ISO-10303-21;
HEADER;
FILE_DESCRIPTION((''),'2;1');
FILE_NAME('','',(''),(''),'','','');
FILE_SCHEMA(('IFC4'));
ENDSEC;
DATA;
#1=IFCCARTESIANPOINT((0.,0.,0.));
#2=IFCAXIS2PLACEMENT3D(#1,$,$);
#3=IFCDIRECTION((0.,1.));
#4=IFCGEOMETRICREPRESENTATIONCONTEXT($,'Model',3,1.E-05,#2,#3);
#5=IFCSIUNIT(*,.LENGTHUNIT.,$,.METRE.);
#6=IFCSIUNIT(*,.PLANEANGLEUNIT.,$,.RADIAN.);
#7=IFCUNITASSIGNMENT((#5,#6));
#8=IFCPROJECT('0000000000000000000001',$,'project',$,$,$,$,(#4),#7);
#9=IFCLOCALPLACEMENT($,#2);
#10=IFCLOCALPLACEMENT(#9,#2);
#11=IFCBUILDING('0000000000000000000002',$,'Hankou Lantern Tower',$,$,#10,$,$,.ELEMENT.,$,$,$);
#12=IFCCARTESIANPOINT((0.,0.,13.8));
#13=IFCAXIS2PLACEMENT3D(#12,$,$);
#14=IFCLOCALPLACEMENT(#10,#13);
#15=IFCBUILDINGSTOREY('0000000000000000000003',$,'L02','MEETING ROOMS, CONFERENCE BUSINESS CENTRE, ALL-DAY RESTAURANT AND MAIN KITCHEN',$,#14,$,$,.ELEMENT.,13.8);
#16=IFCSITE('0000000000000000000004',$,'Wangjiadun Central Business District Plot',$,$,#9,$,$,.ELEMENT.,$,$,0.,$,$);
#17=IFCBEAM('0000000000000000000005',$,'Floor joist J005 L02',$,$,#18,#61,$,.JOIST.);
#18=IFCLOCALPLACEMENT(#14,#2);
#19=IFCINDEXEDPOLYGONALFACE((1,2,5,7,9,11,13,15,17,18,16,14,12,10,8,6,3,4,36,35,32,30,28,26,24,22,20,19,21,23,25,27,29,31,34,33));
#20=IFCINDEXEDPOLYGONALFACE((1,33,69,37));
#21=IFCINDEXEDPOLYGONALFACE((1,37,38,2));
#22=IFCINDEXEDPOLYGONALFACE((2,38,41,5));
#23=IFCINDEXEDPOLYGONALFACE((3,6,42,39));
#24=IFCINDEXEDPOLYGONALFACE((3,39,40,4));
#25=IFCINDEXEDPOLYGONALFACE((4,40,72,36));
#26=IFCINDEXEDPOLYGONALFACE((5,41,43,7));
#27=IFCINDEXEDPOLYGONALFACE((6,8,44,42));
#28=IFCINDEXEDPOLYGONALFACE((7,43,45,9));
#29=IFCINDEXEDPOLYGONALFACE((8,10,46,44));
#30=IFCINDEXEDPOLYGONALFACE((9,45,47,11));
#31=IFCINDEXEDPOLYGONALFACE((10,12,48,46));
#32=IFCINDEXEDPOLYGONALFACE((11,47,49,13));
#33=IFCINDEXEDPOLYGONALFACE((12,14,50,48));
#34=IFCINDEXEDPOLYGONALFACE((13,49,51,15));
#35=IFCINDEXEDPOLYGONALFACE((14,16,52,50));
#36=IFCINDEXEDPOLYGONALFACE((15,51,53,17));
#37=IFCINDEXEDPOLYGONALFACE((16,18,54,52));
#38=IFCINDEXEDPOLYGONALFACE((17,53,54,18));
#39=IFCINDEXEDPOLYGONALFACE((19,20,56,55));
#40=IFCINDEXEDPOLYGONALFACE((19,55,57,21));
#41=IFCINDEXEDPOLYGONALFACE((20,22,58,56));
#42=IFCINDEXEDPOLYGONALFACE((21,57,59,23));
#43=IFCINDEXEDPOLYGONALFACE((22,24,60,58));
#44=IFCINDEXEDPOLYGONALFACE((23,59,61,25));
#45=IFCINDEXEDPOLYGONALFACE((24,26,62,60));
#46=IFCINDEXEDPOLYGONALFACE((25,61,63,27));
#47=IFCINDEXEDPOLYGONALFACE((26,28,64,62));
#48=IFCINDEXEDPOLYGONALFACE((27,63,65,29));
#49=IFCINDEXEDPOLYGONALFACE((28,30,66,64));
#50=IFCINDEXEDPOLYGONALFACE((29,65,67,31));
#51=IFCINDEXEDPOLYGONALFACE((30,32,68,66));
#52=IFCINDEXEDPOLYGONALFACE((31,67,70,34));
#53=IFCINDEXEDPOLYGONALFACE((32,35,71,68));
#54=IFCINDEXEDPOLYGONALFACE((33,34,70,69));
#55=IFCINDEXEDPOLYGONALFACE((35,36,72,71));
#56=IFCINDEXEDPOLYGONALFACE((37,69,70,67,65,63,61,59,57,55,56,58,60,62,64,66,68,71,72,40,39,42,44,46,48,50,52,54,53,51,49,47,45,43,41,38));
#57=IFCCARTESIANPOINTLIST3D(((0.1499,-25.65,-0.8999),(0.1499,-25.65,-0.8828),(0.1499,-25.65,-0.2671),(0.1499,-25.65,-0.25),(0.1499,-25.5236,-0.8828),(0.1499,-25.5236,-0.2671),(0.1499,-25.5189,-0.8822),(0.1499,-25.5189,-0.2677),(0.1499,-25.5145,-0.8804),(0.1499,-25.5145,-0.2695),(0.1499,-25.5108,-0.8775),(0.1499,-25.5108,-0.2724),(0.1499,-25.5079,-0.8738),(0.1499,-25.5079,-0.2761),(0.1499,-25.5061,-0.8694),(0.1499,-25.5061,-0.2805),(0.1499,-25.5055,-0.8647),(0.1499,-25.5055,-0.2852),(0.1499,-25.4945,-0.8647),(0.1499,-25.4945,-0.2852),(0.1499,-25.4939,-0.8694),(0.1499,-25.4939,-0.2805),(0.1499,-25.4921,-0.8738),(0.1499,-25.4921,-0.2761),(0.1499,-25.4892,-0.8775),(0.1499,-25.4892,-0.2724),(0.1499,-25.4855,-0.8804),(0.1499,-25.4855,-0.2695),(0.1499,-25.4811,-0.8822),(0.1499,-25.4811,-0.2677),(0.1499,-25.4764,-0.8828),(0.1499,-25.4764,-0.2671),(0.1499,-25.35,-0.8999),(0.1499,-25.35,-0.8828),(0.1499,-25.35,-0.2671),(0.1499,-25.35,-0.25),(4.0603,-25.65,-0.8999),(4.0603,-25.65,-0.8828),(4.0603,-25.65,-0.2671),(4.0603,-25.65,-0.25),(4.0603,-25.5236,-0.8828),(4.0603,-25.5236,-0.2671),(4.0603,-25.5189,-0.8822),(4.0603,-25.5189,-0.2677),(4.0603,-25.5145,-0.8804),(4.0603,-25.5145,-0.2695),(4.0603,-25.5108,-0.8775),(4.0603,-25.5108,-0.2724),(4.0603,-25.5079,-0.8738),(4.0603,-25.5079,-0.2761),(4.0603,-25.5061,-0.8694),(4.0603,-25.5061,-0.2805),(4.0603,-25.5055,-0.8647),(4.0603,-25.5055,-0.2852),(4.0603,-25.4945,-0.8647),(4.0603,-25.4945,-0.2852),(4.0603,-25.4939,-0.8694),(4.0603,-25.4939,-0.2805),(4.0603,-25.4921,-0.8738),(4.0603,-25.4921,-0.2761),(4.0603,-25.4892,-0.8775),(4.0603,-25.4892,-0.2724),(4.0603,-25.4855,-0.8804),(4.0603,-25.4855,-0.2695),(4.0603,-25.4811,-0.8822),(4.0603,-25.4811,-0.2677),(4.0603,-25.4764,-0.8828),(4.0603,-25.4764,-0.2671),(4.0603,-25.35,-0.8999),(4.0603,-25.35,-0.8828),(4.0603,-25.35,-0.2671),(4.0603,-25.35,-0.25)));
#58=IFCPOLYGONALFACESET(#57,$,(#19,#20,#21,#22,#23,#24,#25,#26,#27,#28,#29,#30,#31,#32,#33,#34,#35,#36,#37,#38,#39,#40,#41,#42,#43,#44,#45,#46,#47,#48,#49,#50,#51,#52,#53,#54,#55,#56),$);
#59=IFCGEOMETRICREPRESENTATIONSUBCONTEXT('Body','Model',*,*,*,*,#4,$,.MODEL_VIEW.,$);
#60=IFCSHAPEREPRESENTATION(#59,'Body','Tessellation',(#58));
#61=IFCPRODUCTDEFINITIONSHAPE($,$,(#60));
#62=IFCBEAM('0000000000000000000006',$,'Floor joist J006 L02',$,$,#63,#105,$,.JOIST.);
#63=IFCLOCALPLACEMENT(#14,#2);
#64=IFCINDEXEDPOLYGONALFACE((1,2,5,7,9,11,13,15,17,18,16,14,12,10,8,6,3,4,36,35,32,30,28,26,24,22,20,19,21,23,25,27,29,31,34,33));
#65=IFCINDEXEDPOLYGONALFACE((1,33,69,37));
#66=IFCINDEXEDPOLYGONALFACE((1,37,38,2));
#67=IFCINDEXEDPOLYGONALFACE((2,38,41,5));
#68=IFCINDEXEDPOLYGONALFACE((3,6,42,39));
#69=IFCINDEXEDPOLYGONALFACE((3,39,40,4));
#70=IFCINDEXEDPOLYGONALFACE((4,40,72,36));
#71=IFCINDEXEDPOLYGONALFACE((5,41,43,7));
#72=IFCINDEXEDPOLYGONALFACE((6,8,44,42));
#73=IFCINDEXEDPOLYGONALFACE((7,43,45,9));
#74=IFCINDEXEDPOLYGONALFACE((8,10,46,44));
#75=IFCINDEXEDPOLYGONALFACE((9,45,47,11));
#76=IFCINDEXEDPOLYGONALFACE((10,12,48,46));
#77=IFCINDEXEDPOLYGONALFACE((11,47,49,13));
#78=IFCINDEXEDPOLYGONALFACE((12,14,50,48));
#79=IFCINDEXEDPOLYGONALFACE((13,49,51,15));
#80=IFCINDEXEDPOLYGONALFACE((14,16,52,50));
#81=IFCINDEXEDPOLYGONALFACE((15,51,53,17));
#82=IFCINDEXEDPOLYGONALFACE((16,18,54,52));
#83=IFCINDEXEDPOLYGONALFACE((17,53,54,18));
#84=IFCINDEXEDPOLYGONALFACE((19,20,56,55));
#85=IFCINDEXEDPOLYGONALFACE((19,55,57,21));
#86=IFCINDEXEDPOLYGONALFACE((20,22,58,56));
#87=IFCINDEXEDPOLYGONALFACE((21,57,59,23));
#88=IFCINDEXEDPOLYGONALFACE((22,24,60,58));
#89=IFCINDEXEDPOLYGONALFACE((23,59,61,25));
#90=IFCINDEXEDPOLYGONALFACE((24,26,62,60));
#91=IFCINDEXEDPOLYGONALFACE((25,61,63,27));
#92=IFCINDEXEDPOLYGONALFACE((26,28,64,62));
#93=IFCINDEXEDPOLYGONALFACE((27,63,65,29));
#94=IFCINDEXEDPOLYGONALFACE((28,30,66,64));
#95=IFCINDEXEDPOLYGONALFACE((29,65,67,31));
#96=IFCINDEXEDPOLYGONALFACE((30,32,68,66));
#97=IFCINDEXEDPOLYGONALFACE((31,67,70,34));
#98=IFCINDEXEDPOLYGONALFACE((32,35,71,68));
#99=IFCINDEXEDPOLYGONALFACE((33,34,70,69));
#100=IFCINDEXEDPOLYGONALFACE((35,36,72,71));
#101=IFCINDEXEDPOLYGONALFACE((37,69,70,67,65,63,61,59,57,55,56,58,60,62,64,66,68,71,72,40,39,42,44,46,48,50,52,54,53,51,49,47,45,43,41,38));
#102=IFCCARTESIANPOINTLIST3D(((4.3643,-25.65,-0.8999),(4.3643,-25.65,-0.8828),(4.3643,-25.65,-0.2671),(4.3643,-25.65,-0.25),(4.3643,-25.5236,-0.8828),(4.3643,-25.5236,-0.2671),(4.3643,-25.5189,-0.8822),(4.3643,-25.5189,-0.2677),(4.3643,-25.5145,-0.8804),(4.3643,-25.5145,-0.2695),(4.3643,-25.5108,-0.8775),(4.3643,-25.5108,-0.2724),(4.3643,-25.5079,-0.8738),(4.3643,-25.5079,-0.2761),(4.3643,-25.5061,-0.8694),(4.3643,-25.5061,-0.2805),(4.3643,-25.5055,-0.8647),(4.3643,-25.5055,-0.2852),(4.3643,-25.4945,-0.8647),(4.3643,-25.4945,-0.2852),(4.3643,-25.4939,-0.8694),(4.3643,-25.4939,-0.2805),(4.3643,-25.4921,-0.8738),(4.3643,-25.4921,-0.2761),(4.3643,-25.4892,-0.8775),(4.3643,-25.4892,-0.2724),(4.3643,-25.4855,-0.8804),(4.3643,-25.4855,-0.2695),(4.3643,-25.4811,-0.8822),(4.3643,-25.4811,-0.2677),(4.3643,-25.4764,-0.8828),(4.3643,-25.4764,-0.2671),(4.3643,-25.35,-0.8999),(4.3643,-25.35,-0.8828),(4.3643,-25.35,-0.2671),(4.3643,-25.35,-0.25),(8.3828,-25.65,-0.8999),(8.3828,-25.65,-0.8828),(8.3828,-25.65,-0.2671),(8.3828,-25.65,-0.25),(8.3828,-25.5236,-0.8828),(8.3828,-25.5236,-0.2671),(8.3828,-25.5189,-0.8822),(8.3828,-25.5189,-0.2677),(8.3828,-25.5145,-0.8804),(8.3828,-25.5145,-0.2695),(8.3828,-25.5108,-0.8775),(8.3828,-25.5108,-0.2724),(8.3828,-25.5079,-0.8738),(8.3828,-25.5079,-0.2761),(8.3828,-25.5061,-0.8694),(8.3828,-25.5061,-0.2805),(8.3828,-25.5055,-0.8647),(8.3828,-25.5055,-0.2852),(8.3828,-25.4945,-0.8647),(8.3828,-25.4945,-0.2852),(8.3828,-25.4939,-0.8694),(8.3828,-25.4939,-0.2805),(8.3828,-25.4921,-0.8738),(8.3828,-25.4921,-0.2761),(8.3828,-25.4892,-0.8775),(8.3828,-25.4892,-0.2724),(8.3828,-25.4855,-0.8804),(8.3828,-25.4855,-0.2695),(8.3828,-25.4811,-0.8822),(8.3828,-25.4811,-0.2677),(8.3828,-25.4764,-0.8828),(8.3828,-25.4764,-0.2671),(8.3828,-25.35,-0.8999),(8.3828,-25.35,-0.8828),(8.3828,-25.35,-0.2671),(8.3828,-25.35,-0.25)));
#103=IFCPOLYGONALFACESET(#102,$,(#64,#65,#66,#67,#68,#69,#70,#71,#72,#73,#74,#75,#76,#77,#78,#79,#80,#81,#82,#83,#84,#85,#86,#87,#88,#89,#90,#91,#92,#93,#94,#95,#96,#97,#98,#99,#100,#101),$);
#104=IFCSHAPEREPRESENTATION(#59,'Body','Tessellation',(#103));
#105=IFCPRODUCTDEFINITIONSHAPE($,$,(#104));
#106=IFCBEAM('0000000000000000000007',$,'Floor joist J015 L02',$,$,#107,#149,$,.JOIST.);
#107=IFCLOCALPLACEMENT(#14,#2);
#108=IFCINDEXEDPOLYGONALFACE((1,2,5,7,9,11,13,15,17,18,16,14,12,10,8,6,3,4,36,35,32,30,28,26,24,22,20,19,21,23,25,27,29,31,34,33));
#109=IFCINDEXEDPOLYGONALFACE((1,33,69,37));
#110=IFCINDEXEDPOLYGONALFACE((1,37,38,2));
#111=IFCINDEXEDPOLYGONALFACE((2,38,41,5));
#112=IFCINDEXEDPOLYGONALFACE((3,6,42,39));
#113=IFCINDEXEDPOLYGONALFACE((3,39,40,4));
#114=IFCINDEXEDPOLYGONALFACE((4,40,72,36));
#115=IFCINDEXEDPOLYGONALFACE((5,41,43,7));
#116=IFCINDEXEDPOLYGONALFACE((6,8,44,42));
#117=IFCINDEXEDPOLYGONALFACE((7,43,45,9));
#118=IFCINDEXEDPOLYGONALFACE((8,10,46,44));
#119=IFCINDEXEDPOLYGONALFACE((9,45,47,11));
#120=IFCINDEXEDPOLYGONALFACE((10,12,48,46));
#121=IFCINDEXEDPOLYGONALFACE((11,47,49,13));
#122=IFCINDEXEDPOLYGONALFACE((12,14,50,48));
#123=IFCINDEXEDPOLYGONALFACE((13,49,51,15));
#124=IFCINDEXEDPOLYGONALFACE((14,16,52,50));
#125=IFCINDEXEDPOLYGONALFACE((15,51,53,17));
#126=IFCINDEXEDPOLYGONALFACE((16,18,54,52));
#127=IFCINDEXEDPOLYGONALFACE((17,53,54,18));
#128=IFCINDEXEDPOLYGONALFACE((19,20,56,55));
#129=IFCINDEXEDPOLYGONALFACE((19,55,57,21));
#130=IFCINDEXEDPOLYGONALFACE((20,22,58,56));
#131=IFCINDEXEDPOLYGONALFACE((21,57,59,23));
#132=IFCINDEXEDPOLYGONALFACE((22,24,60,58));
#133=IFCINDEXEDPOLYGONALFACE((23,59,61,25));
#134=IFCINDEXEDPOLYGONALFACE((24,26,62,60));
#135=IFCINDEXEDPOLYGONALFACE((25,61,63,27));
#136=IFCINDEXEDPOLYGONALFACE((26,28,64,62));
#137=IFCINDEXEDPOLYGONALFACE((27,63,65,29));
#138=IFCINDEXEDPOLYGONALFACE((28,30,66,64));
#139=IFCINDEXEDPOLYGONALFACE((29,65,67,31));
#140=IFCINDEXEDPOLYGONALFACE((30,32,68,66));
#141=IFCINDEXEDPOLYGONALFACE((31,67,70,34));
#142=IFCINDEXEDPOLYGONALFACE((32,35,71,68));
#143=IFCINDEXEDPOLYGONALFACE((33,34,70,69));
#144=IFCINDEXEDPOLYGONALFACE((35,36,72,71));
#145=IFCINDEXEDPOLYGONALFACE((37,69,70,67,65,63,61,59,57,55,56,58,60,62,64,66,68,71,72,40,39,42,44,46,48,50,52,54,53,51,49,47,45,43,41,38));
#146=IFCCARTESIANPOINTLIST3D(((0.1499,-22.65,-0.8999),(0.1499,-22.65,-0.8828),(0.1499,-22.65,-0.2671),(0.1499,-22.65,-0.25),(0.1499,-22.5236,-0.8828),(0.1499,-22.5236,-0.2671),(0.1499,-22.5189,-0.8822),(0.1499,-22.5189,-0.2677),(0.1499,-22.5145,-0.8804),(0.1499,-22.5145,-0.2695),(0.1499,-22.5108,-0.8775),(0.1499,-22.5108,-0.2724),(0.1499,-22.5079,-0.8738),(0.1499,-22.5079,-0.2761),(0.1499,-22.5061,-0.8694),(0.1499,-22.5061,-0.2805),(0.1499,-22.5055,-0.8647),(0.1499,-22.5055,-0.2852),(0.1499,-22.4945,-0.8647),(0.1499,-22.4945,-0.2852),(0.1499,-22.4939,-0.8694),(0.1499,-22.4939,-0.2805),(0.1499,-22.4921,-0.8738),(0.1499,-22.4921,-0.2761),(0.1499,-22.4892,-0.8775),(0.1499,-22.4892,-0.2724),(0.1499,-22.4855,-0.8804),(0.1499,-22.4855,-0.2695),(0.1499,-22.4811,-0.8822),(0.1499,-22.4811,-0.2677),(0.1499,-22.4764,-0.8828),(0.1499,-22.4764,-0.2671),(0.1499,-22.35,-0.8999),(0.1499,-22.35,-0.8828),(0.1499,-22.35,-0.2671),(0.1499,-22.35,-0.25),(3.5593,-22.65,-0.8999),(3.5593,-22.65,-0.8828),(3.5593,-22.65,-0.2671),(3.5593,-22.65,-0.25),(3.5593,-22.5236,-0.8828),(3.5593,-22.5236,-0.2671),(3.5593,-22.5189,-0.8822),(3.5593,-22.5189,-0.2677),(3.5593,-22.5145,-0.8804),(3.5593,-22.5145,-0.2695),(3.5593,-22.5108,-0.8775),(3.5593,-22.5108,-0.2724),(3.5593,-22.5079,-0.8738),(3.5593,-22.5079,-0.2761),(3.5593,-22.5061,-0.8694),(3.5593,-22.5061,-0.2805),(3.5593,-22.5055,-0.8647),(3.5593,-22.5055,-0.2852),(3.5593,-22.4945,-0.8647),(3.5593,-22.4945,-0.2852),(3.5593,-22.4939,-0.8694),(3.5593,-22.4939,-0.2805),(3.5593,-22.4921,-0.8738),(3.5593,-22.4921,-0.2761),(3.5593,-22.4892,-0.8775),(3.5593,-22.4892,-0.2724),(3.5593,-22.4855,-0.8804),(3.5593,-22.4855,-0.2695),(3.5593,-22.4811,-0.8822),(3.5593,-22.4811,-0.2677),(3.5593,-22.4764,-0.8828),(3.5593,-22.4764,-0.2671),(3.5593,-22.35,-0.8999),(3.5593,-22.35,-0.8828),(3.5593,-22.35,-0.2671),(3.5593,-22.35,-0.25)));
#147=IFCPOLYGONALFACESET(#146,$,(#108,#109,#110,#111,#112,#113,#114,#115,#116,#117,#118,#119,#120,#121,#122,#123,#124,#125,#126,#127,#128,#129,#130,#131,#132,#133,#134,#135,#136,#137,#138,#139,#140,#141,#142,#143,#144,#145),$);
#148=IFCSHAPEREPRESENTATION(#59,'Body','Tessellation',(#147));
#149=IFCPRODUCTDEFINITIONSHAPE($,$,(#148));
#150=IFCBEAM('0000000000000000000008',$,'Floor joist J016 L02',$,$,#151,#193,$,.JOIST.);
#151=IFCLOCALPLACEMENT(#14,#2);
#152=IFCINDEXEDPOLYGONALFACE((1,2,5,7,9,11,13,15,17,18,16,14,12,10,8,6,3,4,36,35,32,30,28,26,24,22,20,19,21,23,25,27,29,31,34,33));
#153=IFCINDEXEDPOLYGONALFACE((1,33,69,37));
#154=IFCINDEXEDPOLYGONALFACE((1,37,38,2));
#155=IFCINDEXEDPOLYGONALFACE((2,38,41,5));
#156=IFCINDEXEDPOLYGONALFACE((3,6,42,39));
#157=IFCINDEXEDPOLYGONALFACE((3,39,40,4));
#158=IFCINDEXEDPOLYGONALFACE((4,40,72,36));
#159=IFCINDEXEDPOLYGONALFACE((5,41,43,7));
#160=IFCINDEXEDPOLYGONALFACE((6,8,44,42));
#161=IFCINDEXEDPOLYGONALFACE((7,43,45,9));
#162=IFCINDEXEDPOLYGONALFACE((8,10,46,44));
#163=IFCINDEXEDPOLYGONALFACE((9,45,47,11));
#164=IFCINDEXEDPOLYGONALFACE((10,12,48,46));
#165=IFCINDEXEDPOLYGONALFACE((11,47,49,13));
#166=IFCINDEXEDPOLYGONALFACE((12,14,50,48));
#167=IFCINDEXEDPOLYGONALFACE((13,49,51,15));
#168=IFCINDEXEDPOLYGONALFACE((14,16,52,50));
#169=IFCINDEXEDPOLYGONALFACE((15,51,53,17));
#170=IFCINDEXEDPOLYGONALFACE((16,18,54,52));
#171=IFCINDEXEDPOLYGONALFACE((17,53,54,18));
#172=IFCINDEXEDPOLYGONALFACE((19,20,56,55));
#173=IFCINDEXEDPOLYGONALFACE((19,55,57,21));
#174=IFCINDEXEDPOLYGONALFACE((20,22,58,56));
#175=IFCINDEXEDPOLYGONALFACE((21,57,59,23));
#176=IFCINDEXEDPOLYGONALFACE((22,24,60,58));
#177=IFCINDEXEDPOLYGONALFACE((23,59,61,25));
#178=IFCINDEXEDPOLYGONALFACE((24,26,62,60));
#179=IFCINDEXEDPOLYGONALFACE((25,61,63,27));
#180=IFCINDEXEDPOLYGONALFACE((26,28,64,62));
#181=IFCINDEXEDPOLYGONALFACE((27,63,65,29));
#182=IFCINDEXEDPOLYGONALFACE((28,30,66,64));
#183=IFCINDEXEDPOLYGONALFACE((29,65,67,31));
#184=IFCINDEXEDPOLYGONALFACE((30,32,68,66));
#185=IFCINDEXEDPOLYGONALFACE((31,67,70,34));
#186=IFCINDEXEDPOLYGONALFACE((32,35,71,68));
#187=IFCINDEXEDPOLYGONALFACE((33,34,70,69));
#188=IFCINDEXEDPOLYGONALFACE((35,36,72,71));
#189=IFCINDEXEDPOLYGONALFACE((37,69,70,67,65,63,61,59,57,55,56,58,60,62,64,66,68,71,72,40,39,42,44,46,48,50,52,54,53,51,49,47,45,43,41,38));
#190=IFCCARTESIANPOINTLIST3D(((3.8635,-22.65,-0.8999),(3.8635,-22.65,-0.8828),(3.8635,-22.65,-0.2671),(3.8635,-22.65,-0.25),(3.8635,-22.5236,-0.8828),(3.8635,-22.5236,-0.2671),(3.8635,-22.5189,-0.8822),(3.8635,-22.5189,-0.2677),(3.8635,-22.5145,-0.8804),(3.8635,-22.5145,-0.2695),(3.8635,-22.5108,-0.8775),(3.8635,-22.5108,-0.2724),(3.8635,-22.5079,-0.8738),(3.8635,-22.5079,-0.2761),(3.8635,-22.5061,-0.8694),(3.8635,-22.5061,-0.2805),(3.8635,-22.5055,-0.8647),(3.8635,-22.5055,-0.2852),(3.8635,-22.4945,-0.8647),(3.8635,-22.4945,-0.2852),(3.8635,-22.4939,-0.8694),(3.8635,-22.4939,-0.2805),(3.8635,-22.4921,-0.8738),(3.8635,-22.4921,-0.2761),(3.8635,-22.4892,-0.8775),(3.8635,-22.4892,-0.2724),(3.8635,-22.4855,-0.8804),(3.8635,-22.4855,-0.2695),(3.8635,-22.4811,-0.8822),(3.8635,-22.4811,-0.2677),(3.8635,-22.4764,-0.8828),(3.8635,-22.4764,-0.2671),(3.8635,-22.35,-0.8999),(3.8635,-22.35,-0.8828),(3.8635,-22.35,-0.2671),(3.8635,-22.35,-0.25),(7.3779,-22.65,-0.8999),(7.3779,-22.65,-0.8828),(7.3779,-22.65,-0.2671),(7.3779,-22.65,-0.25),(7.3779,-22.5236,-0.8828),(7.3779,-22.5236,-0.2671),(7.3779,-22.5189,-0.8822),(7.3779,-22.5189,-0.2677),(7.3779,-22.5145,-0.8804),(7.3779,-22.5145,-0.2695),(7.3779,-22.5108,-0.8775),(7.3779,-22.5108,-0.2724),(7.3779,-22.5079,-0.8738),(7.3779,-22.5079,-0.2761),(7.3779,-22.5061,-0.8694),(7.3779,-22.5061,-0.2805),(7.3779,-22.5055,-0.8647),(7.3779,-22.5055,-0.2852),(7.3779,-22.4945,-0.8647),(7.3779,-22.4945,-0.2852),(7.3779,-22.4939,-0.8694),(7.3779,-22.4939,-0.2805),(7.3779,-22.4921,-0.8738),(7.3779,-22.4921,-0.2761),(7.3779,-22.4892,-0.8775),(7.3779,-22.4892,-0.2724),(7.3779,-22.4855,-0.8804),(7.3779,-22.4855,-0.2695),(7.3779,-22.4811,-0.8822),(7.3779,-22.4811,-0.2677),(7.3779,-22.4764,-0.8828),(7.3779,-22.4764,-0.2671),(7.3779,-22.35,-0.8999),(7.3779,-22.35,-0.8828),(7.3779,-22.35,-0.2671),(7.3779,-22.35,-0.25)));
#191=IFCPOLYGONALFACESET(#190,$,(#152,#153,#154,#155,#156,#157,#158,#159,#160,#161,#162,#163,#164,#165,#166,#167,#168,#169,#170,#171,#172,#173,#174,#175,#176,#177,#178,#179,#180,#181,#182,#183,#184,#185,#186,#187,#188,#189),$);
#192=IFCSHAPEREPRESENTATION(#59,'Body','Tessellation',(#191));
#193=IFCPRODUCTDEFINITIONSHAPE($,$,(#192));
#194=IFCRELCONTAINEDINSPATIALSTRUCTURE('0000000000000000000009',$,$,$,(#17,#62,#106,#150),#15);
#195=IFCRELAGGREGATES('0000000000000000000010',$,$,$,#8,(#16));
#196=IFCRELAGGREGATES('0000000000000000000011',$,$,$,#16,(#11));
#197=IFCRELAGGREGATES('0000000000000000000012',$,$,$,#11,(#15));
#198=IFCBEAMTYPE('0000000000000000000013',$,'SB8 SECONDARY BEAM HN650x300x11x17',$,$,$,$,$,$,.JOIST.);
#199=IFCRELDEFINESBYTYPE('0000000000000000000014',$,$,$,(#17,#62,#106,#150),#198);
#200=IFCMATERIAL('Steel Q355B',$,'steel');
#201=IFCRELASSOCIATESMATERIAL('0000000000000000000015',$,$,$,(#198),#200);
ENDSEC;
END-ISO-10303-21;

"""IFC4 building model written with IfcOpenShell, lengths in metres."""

from ifc_helpers import new_model, si_unit, direction, frame, origin, origin_2d, place, context, subcontext, project, spatial, i_section, extrude, material, material_profile, profile_set, type_object, element, save


model = new_model("IFC4")

# Units and contexts
model_context = context("Model", 3, precision=1e-05, world=origin(), true_north=direction((0.0, 1.0)))
body_context = subcontext(model_context, "Body", "Model", "MODEL_VIEW")
ifc_project = project(units=[si_unit("LENGTHUNIT", "METRE"), si_unit("PLANEANGLEUNIT", "RADIAN")], contexts=[model_context])

# Site, building, storey
site_placement = place(None, origin())
site = spatial("IfcSite", under=ifc_project, at=site_placement, Name="Wangjiadun Central Business District Plot", CompositionType="ELEMENT", RefElevation=0.0)
building_placement = place(site_placement, origin())
building = spatial("IfcBuilding", under=site, at=building_placement, Name="Hankou Lantern Tower", CompositionType="ELEMENT")
storey_placement = place(building_placement, frame((0.0, 0.0, 13.8)))
storey = spatial("IfcBuildingStorey", under=building, at=storey_placement, Name="L02", Description="MEETING ROOMS, CONFERENCE BUSINESS CENTRE, ALL-DAY RESTAURANT AND MAIN KITCHEN", CompositionType="ELEMENT", Elevation=13.8)

# Beams
ifc_material_1 = material(Name="Steel Q355B", Category="steel")
ifc_material_profile_1 = material_profile(ifc_material_1, i_section(OverallWidth=0.3, OverallDepth=0.6499, WebThickness=0.011, FlangeThickness=0.0171, FilletRadius=0.0181, at=origin_2d()), Name="HN650x300x11x17")
ifc_profile_set_1 = profile_set([ifc_material_profile_1], Name="Steel Q355B")
beam_type_1 = type_object("IfcBeamType", Name="SB8 SECONDARY BEAM HN650x300x11x17", PredefinedType="JOIST", material=ifc_profile_set_1)
beam_1_placement = place(storey_placement, frame((0.1499, -25.5, -0.575), z_axis=(1.0, 0.0, 0.0), x_axis=(0.0, 1.0, 0.0)))
element("IfcBeam", 1, at=beam_1_placement, inside=storey, type_object=beam_type_1, Name="Floor joist J005 L02", PredefinedType="JOIST", context=body_context, shape_type="SweptSolid", body=[
    extrude(i_section(OverallWidth=0.3, OverallDepth=0.6499, WebThickness=0.011, FlangeThickness=0.0171, FilletRadius=0.0181, at=origin_2d()), origin(), (0.0, 0.0, 1.0), 3.9104),
])
beam_2_placement = place(storey_placement, frame((4.3643, -25.5, -0.575), z_axis=(1.0, 0.0, 0.0), x_axis=(0.0, 1.0, 0.0)))
element("IfcBeam", 2, at=beam_2_placement, inside=storey, type_object=beam_type_1, Name="Floor joist J006 L02", PredefinedType="JOIST", context=body_context, shape_type="SweptSolid", body=[
    extrude(i_section(OverallWidth=0.3, OverallDepth=0.6499, WebThickness=0.011, FlangeThickness=0.0171, FilletRadius=0.0181, at=origin_2d()), origin(), (0.0, 0.0, 1.0), 4.0186),
])
beam_3_placement = place(storey_placement, frame((0.1499, -22.5, -0.575), z_axis=(1.0, 0.0, 0.0), x_axis=(0.0, 1.0, 0.0)))
element("IfcBeam", 3, at=beam_3_placement, inside=storey, type_object=beam_type_1, Name="Floor joist J015 L02", PredefinedType="JOIST", context=body_context, shape_type="SweptSolid", body=[
    extrude(i_section(OverallWidth=0.3, OverallDepth=0.6499, WebThickness=0.011, FlangeThickness=0.0171, FilletRadius=0.0181, at=origin_2d()), origin(), (0.0, 0.0, 1.0), 3.4094),
])
beam_4_placement = place(storey_placement, frame((3.8635, -22.5, -0.575), z_axis=(1.0, 0.0, 0.0), x_axis=(0.0, 1.0, 0.0)))
element("IfcBeam", 4, at=beam_4_placement, inside=storey, type_object=beam_type_1, Name="Floor joist J016 L02", PredefinedType="JOIST", context=body_context, shape_type="SweptSolid", body=[
    extrude(i_section(OverallWidth=0.3, OverallDepth=0.6499, WebThickness=0.011, FlangeThickness=0.0171, FilletRadius=0.0181, at=origin_2d()), origin(), (0.0, 0.0, 1.0), 3.5144),
])

save(model, "model.ifc")
